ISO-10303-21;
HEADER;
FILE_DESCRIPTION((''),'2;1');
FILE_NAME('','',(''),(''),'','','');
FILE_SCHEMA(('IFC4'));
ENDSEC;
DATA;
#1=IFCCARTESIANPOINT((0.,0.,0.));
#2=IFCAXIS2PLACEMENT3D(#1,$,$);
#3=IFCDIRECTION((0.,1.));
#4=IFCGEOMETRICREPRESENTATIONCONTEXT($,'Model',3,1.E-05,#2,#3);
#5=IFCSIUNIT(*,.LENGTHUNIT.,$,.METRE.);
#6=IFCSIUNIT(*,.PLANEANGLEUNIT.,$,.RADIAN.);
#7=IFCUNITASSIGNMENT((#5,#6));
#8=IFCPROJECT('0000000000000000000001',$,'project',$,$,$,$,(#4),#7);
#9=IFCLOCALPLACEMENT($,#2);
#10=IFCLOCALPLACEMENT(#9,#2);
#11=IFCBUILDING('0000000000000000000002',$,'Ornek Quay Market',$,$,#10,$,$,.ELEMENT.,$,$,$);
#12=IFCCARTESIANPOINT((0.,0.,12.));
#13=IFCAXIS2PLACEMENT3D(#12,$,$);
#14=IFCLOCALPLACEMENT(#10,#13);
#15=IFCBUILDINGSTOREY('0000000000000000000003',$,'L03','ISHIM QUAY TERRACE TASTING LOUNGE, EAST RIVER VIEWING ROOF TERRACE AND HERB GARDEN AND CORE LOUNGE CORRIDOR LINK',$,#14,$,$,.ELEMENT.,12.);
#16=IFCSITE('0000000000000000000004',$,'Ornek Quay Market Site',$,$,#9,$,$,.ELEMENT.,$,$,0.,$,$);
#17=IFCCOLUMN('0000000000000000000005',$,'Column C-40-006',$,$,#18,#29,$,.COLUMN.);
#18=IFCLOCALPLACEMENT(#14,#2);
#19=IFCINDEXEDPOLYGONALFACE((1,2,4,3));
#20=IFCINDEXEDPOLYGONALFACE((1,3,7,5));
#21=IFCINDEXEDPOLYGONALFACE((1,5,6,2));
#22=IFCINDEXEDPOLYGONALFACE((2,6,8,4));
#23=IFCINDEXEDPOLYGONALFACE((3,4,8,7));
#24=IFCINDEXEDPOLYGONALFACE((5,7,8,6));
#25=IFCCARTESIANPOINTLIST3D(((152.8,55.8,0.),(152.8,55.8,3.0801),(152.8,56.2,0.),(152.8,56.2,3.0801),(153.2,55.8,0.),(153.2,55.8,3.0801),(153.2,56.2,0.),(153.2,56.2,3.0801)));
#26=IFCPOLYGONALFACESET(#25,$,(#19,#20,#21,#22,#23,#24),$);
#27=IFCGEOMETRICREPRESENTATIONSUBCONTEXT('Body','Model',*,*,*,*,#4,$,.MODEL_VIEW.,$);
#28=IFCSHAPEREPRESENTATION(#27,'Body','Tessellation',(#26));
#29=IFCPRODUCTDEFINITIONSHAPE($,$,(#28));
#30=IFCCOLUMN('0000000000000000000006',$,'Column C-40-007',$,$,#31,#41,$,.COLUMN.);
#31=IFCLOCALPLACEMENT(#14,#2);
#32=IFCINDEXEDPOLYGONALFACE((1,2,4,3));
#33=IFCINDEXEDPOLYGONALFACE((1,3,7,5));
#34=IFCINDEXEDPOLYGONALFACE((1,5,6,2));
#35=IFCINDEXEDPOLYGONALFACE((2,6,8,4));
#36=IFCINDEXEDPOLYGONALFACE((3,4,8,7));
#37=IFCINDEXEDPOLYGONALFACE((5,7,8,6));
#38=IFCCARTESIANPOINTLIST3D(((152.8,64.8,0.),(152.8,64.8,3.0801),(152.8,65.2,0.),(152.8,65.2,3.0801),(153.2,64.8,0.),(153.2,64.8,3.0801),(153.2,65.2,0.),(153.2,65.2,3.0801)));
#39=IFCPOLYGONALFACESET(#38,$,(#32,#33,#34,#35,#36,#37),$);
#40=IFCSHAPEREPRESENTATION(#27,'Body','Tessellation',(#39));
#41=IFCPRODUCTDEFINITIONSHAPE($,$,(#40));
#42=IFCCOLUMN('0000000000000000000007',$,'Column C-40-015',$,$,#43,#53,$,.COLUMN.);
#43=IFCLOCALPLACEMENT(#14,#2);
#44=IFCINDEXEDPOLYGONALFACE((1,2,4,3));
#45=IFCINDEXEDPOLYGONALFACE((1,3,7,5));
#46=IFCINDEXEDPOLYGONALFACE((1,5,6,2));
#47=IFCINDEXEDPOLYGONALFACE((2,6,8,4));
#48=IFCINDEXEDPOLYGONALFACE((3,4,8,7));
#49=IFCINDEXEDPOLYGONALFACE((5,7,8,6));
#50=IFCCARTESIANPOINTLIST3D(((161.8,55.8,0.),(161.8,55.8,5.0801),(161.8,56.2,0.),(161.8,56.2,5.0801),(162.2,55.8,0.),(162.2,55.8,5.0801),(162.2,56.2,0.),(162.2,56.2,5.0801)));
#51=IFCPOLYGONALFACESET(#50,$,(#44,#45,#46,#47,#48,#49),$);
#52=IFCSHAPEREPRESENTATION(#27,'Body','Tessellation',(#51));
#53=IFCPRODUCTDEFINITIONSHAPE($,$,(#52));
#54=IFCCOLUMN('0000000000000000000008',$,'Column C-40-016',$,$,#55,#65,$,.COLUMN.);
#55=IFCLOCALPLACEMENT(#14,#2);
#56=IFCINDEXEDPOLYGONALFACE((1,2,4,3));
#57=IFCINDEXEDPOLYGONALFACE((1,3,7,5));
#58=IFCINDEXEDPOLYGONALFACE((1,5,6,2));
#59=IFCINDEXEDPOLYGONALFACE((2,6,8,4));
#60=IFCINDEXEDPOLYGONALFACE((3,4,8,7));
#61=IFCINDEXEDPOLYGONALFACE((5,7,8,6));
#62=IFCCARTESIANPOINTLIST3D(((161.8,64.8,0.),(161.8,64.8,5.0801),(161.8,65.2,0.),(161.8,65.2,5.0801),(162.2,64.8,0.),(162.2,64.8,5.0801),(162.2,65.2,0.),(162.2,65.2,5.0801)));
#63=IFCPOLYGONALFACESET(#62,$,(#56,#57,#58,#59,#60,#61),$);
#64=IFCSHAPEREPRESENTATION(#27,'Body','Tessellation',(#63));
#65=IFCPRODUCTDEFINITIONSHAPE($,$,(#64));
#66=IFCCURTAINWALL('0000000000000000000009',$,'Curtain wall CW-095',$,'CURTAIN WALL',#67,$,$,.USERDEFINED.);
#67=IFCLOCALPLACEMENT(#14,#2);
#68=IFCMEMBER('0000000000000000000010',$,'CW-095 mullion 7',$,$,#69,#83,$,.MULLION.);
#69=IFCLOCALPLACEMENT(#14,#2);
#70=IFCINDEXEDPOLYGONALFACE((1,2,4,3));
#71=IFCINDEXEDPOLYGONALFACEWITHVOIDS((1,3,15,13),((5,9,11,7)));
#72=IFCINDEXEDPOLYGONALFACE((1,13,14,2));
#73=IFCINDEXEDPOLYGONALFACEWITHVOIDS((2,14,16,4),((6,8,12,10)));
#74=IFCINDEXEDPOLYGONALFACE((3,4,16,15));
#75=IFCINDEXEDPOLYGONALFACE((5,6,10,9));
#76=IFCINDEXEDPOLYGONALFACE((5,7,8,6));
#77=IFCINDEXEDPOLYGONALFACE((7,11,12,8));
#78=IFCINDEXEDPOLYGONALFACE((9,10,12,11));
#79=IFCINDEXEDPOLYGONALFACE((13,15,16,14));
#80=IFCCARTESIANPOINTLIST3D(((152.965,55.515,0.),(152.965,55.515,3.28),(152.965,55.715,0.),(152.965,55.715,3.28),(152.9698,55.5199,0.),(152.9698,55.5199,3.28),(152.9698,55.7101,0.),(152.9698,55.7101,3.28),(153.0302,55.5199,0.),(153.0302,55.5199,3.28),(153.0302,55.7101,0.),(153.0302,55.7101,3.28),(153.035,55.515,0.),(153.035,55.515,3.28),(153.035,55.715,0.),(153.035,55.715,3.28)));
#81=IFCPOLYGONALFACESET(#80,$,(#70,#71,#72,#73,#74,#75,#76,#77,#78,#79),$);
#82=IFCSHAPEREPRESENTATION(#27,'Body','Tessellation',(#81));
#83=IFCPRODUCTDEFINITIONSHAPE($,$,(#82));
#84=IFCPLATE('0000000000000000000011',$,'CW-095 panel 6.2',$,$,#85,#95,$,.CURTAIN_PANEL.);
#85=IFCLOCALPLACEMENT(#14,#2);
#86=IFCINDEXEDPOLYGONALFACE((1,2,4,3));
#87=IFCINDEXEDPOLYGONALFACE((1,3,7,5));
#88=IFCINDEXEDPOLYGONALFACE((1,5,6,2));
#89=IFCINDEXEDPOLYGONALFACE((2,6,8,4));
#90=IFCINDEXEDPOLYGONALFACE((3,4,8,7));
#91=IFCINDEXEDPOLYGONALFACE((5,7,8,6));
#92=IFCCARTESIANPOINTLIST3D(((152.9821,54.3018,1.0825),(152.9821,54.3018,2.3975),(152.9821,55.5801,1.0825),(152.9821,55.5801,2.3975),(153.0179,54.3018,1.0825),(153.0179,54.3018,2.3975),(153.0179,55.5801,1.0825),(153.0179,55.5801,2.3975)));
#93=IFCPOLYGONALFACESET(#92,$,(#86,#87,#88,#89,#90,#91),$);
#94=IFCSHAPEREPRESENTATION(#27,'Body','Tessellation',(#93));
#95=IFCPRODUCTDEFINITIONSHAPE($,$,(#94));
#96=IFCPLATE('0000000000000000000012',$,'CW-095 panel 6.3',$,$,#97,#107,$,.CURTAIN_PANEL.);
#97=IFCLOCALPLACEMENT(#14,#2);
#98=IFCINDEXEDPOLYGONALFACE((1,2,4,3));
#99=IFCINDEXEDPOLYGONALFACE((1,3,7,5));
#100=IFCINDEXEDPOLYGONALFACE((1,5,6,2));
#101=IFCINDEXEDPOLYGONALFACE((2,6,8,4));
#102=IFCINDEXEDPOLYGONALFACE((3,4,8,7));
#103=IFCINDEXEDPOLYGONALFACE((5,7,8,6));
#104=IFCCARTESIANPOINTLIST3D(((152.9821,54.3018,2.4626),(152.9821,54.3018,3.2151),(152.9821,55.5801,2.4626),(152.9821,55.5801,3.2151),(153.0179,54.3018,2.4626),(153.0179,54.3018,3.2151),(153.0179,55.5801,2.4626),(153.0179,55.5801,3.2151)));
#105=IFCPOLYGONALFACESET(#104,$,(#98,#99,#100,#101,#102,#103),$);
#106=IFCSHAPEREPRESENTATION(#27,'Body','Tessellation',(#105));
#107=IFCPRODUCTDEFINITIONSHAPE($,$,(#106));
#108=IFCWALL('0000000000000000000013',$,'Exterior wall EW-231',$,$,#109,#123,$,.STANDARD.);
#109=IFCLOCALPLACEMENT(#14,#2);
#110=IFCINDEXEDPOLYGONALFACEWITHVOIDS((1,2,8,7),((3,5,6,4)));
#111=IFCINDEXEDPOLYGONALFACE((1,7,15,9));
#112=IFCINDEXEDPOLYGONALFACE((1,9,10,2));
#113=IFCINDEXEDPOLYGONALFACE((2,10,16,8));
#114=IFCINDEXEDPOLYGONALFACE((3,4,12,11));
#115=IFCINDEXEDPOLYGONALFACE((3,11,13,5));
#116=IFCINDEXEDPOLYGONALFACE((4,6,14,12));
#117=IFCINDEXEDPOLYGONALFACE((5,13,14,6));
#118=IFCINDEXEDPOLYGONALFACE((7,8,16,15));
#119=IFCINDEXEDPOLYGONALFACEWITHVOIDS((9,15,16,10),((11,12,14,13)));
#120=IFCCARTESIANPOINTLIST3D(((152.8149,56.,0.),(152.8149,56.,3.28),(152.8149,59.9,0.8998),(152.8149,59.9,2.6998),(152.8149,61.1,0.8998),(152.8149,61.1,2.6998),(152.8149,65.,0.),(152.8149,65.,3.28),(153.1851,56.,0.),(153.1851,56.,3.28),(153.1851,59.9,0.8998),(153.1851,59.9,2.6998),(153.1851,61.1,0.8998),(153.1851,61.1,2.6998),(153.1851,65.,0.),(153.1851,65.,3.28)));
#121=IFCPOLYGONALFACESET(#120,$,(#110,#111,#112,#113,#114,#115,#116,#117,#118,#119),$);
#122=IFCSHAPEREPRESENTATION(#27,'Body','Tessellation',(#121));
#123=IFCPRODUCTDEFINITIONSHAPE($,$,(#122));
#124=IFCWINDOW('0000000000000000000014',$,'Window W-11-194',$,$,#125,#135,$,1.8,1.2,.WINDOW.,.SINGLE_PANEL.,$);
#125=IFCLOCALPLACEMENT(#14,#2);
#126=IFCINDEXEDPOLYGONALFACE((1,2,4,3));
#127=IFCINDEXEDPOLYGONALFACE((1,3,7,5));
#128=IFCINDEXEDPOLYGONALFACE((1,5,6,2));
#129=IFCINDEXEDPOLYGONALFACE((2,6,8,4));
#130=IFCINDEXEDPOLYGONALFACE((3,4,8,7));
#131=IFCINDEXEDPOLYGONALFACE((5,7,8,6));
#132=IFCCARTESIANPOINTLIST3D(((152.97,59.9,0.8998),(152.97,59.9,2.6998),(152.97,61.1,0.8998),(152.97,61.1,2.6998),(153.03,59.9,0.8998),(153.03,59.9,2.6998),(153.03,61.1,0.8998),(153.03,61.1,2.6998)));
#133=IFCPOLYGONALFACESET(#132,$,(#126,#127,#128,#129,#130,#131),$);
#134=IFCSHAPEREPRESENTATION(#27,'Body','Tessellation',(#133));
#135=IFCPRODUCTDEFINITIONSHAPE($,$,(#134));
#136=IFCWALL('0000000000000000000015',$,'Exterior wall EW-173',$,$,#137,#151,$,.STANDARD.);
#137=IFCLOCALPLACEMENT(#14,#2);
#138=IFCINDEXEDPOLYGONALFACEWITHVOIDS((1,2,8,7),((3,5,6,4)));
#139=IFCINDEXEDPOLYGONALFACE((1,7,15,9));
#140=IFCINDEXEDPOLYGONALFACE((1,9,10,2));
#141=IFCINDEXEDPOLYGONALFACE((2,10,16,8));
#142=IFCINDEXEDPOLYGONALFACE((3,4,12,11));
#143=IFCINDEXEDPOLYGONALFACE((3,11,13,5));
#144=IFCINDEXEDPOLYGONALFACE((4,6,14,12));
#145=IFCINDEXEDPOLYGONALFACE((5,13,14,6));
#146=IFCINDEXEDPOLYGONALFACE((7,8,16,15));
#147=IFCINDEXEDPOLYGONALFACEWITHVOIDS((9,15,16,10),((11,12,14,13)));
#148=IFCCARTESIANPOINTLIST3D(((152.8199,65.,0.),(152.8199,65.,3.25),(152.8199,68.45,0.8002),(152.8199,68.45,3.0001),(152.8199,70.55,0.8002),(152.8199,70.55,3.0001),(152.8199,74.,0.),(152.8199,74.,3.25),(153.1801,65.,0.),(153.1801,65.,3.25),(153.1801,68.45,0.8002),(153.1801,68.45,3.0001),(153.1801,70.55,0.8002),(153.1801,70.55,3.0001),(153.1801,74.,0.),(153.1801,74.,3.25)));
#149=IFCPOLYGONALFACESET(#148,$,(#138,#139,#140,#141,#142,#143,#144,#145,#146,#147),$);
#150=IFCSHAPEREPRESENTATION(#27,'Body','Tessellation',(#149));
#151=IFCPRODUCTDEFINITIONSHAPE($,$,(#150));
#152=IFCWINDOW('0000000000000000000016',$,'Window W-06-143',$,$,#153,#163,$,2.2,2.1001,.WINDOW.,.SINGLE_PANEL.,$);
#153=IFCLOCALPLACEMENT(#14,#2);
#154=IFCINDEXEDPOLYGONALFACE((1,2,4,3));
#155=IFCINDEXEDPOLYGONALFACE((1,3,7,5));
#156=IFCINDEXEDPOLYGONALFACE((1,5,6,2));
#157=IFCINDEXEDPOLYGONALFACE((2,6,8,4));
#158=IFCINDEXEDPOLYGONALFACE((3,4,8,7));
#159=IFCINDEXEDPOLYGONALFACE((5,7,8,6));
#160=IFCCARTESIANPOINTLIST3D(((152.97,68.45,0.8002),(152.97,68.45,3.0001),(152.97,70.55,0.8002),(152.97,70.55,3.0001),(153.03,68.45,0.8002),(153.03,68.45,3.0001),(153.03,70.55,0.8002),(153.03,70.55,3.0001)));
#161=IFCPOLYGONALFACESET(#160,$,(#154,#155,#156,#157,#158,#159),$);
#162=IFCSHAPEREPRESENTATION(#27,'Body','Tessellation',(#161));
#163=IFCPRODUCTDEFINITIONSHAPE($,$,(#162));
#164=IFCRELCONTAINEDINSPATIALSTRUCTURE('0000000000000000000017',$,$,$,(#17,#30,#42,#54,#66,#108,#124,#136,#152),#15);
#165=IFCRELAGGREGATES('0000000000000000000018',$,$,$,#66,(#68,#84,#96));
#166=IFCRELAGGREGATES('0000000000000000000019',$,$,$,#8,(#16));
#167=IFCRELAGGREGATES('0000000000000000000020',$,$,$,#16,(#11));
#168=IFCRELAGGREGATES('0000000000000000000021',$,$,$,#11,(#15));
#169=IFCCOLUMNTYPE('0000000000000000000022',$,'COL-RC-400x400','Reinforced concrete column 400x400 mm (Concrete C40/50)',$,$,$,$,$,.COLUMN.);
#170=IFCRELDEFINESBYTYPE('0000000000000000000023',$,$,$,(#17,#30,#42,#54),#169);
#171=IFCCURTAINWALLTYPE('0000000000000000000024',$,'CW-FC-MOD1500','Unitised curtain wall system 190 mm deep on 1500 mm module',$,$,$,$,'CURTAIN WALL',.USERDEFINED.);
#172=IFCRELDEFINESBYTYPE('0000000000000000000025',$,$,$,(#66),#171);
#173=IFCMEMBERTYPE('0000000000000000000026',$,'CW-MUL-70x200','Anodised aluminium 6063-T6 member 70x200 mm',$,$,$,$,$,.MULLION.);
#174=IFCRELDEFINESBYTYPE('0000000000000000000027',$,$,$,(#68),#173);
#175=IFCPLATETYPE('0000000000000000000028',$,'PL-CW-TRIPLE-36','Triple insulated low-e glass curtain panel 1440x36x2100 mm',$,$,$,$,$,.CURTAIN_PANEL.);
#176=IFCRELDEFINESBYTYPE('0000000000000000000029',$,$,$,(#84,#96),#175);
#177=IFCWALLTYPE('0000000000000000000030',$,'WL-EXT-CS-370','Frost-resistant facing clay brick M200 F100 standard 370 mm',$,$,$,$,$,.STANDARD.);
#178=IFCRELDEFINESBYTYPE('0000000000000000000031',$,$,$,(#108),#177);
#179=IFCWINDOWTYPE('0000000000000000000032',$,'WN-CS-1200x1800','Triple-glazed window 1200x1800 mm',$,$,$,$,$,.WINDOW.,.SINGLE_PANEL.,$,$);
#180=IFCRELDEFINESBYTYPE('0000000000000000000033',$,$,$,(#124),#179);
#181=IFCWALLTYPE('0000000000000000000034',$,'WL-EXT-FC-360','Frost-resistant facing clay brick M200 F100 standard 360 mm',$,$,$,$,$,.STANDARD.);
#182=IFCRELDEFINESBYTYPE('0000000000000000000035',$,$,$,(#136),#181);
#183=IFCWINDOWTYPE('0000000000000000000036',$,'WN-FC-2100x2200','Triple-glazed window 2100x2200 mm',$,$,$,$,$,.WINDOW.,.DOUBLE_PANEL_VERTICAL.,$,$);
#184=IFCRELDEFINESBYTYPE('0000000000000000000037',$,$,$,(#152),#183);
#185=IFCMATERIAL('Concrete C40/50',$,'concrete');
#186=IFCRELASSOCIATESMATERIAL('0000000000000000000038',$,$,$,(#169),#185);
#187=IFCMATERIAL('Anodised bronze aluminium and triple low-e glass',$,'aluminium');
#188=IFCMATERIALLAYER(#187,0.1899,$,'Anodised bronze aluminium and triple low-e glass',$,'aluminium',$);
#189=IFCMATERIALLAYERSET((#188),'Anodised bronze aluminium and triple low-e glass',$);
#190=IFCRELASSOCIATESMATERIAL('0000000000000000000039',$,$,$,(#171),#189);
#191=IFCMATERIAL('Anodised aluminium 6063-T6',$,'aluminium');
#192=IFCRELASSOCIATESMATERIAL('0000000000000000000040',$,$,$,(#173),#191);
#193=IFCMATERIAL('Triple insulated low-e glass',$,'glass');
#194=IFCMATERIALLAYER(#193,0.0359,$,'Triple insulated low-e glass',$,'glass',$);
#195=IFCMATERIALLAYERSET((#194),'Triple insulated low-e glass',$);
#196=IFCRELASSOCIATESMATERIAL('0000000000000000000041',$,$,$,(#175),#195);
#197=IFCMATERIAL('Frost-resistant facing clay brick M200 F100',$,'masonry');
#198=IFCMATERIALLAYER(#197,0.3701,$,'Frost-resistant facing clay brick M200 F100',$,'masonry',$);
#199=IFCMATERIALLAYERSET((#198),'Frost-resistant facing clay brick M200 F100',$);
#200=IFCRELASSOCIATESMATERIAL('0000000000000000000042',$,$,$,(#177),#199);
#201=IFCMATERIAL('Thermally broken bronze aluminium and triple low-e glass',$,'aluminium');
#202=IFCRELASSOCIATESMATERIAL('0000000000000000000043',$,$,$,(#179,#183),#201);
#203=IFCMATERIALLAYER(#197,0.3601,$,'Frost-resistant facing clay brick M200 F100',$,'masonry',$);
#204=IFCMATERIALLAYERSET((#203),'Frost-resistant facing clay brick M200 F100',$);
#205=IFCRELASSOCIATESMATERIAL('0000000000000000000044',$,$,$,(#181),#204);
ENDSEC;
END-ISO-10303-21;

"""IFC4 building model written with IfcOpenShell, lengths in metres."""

from ifc_helpers import new_model, si_unit, direction, frame, frame_2d, origin, origin_2d, place, context, subcontext, project, spatial, rectangle, hollow_rectangle, extrude, material, layer, layer_set, material_profile, profile_set, type_object, element, fill, aggregate, save


model = new_model("IFC4")

# Units and contexts
model_context = context("Model", 3, precision=1e-05, world=origin(), true_north=direction((0.0, 1.0)))
body_context = subcontext(model_context, "Body", "Model", "MODEL_VIEW")
ifc_project = project(units=[si_unit("LENGTHUNIT", "METRE"), si_unit("PLANEANGLEUNIT", "RADIAN")], contexts=[model_context])

# Site, building, storey
site_placement = place(None, origin())
site = spatial("IfcSite", under=ifc_project, at=site_placement, Name="Ornek Quay Market Site", CompositionType="ELEMENT", RefElevation=0.0)
building_placement = place(site_placement, origin())
building = spatial("IfcBuilding", under=site, at=building_placement, Name="Ornek Quay Market", CompositionType="ELEMENT")
storey_placement = place(building_placement, frame((0.0, 0.0, 12.0)))
storey = spatial("IfcBuildingStorey", under=building, at=storey_placement, Name="L03", Description="ISHIM QUAY TERRACE TASTING LOUNGE, EAST RIVER VIEWING ROOF TERRACE AND HERB GARDEN AND CORE LOUNGE CORRIDOR LINK", CompositionType="ELEMENT", Elevation=12.0)

# Columns
ifc_material_1 = material(Name="Concrete C40/50", Category="concrete")
ifc_material_profile_1 = material_profile(ifc_material_1, rectangle(XDim=0.3999, YDim=0.3999, at=origin_2d()), Name="RC 400x400", Category="concrete")
ifc_profile_set_1 = profile_set([ifc_material_profile_1], Name="Concrete C40/50")
column_type = type_object("IfcColumnType", Name="COL-RC-400x400", Description="Reinforced concrete column 400x400 mm (Concrete C40/50)", PredefinedType="COLUMN", material=ifc_profile_set_1)
for number, where, z_axis, x_axis, name in (
    (1, (153.0, 56.0, 0.0), (0.0, 0.0, 1.0), (1.0, 0.0, 0.0), "Column C-40-006"),
    (2, (153.0, 65.0, 0.0), (0.0, 0.0, 1.0), (1.0, 0.0, 0.0), "Column C-40-007"),
):
    element("IfcColumn", number, at=place(storey_placement, frame(where, z_axis=z_axis, x_axis=x_axis)), inside=storey, type_object=column_type, Name=name, PredefinedType="COLUMN", context=body_context, shape_type="SweptSolid", body=[
        extrude(rectangle(XDim=0.3999, YDim=0.3999, at=origin_2d()), origin(), (0.0, 0.0, 1.0), 3.0801),
    ])
for number, where, z_axis, x_axis, name in (
    (3, (162.0, 56.0, 0.0), (0.0, 0.0, 1.0), (1.0, 0.0, 0.0), "Column C-40-015"),
    (4, (162.0, 65.0, 0.0), (0.0, 0.0, 1.0), (1.0, 0.0, 0.0), "Column C-40-016"),
):
    element("IfcColumn", number, at=place(storey_placement, frame(where, z_axis=z_axis, x_axis=x_axis)), inside=storey, type_object=column_type, Name=name, PredefinedType="COLUMN", context=body_context, shape_type="SweptSolid", body=[
        extrude(rectangle(XDim=0.3999, YDim=0.3999, at=origin_2d()), origin(), (0.0, 0.0, 1.0), 5.0801),
    ])

# Curtain wall, member, plates
ifc_material_2 = material(Name="Anodised bronze aluminium and triple low-e glass", Category="aluminium")
ifc_layer_1 = layer(ifc_material_2, 0.1899, Name="Anodised bronze aluminium and triple low-e glass", Category="aluminium")
ifc_layer_set_1 = layer_set([ifc_layer_1], Name="Anodised bronze aluminium and triple low-e glass")
curtain_wall_type = type_object("IfcCurtainWallType", Name="CW-FC-MOD1500", Description="Unitised curtain wall system 190 mm deep on 1500 mm module", ElementType="CURTAIN WALL", PredefinedType="USERDEFINED", material=ifc_layer_set_1)
curtain_wall_placement = place(storey_placement, origin())
curtain_wall = element("IfcCurtainWall", 5, at=curtain_wall_placement, inside=storey, type_object=curtain_wall_type, Name="Curtain wall CW-095", ObjectType="CURTAIN WALL", PredefinedType="USERDEFINED")
ifc_material_3 = material(Name="Anodised aluminium 6063-T6", Category="aluminium")
ifc_material_profile_2 = material_profile(ifc_material_3, hollow_rectangle(XDim=0.0701, YDim=0.2, WallThickness=0.0049, at=origin_2d()), Name="CW-MUL-70x200", Category="aluminium")
ifc_profile_set_2 = profile_set([ifc_material_profile_2], Name="Anodised aluminium 6063-T6")
member_type = type_object("IfcMemberType", Name="CW-MUL-70x200", Description="Anodised aluminium 6063-T6 member 70x200 mm", PredefinedType="MULLION", material=ifc_profile_set_2)
member_placement = place(storey_placement, frame((153.0, 55.615, 0.0), z_axis=(0.0, 0.0, 1.0), x_axis=(-1.0, 0.0, 0.0)))
member = element("IfcMember", 6, at=member_placement, type_object=member_type, Name="CW-095 mullion 7", PredefinedType="MULLION", context=body_context, shape_type="SweptSolid", body=[
    extrude(hollow_rectangle(XDim=0.0701, YDim=0.2, WallThickness=0.0049, at=origin_2d()), origin(), (0.0, 0.0, 1.0), 3.28),
])
ifc_material_4 = material(Name="Triple insulated low-e glass", Category="glass")
ifc_layer_2 = layer(ifc_material_4, 0.0359, Name="Triple insulated low-e glass", Category="glass")
ifc_layer_set_2 = layer_set([ifc_layer_2], Name="Triple insulated low-e glass")
plate_type = type_object("IfcPlateType", Name="PL-CW-TRIPLE-36", Description="Triple insulated low-e glass curtain panel 1440x36x2100 mm", PredefinedType="CURTAIN_PANEL", material=ifc_layer_set_2)
plate_1_placement = place(storey_placement, frame((153.0, 54.9409, 1.0825), z_axis=(0.0, 0.0, 1.0), x_axis=(0.0, 1.0, 0.0)))
plate_1 = element("IfcPlate", 7, at=plate_1_placement, type_object=plate_type, Name="CW-095 panel 6.2", PredefinedType="CURTAIN_PANEL", context=body_context, shape_type="SweptSolid", body=[
    extrude(rectangle(XDim=1.2783, YDim=0.0359, at=origin_2d()), origin(), (0.0, 0.0, 1.0), 1.3149),
])
plate_2_placement = place(storey_placement, frame((153.0, 54.9409, 2.4626), z_axis=(0.0, 0.0, 1.0), x_axis=(0.0, 1.0, 0.0)))
plate_2 = element("IfcPlate", 8, at=plate_2_placement, type_object=plate_type, Name="CW-095 panel 6.3", PredefinedType="CURTAIN_PANEL", context=body_context, shape_type="SweptSolid", body=[
    extrude(rectangle(XDim=1.2783, YDim=0.0359, at=origin_2d()), origin(), (0.0, 0.0, 1.0), 0.7524),
])
aggregate(curtain_wall, [member, plate_1, plate_2])

# Walls, openings, windows
ifc_material_5 = material(Name="Frost-resistant facing clay brick M200 F100", Category="masonry")
ifc_layer_3 = layer(ifc_material_5, 0.3701, Name="Frost-resistant facing clay brick M200 F100", Category="masonry")
ifc_layer_set_3 = layer_set([ifc_layer_3], Name="Frost-resistant facing clay brick M200 F100")
wall_type_1 = type_object("IfcWallType", Name="WL-EXT-CS-370", Description="Frost-resistant facing clay brick M200 F100 standard 370 mm", PredefinedType="STANDARD", material=ifc_layer_set_3)
wall_1_placement = place(storey_placement, frame((153.0, 56.0, 0.0), z_axis=(0.0, 0.0, 1.0), x_axis=(0.0, 1.0, 0.0)))
wall_1 = element("IfcWall", 9, at=wall_1_placement, inside=storey, type_object=wall_type_1, Name="Exterior wall EW-231", PredefinedType="STANDARD", context=body_context, shape_type="SweptSolid", body=[
    extrude(rectangle(XDim=9.0, YDim=0.3701, at=frame_2d((4.5, 0.0))), origin(), (0.0, 0.0, 1.0), 3.28),
])
opening_1_placement = place(wall_1_placement, frame((3.8999, 0.0, 0.8999)))
opening_1 = element("IfcOpeningElement", 10, at=opening_1_placement, cuts=wall_1, PredefinedType="OPENING", context=body_context, shape_type="SweptSolid", body=[
    extrude(rectangle(XDim=1.2, YDim=1.8, at=frame_2d((0.6001, 0.8999))), frame((0.0, 0.1951, 0.0), z_axis=(0.0, -1.0, 0.0), x_axis=(1.0, 0.0, 0.0)), (0.0, 0.0, 1.0), 0.3901),
])
ifc_material_6 = material(Name="Thermally broken bronze aluminium and triple low-e glass", Category="aluminium")
window_type_1 = type_object("IfcWindowType", Name="WN-CS-1200x1800", Description="Triple-glazed window 1200x1800 mm", PartitioningType="SINGLE_PANEL", PredefinedType="WINDOW", material=ifc_material_6)
window_1_placement = place(opening_1_placement, origin())
window_1 = element("IfcWindow", 11, at=window_1_placement, inside=storey, type_object=window_type_1, Name="Window W-11-194", OverallHeight=1.8, OverallWidth=1.2, PartitioningType="SINGLE_PANEL", PredefinedType="WINDOW", context=body_context, shape_type="SweptSolid", body=[
    extrude(rectangle(XDim=1.2, YDim=1.8, at=frame_2d((0.6001, 0.8999))), frame((0.0, 0.03, 0.0), z_axis=(0.0, -1.0, 0.0), x_axis=(1.0, 0.0, 0.0)), (0.0, 0.0, 1.0), 0.0601),
])
fill(opening_1, window_1)
ifc_layer_4 = layer(ifc_material_5, 0.3601, Name="Frost-resistant facing clay brick M200 F100", Category="masonry")
ifc_layer_set_4 = layer_set([ifc_layer_4], Name="Frost-resistant facing clay brick M200 F100")
wall_type_2 = type_object("IfcWallType", Name="WL-EXT-FC-360", Description="Frost-resistant facing clay brick M200 F100 standard 360 mm", PredefinedType="STANDARD", material=ifc_layer_set_4)
wall_2_placement = place(storey_placement, frame((153.0, 65.0, 0.0), z_axis=(0.0, 0.0, 1.0), x_axis=(0.0, 1.0, 0.0)))
wall_2 = element("IfcWall", 12, at=wall_2_placement, inside=storey, type_object=wall_type_2, Name="Exterior wall EW-173", PredefinedType="STANDARD", context=body_context, shape_type="SweptSolid", body=[
    extrude(rectangle(XDim=9.0, YDim=0.3601, at=frame_2d((4.5, 0.0))), origin(), (0.0, 0.0, 1.0), 3.25),
])
opening_2_placement = place(wall_2_placement, frame((3.45, 0.0, 0.8)))
opening_2 = element("IfcOpeningElement", 13, at=opening_2_placement, cuts=wall_2, PredefinedType="OPENING", context=body_context, shape_type="SweptSolid", body=[
    extrude(rectangle(XDim=2.1001, YDim=2.2, at=frame_2d((1.05, 1.1001))), frame((0.0, 0.1899, 0.0), z_axis=(0.0, -1.0, 0.0), x_axis=(1.0, 0.0, 0.0)), (0.0, 0.0, 1.0), 0.3801),
])
window_type_2 = type_object("IfcWindowType", Name="WN-FC-2100x2200", Description="Triple-glazed window 2100x2200 mm", PartitioningType="DOUBLE_PANEL_VERTICAL", PredefinedType="WINDOW", material=ifc_material_6)
window_2_placement = place(opening_2_placement, origin())
window_2 = element("IfcWindow", 14, at=window_2_placement, inside=storey, type_object=window_type_2, Name="Window W-06-143", OverallHeight=2.2, OverallWidth=2.1001, PartitioningType="SINGLE_PANEL", PredefinedType="WINDOW", context=body_context, shape_type="SweptSolid", body=[
    extrude(rectangle(XDim=2.1001, YDim=2.2, at=frame_2d((1.05, 1.1001))), frame((0.0, 0.03, 0.0), z_axis=(0.0, -1.0, 0.0), x_axis=(1.0, 0.0, 0.0)), (0.0, 0.0, 1.0), 0.0601),
])
fill(opening_2, window_2)

save(model, "model.ifc")
